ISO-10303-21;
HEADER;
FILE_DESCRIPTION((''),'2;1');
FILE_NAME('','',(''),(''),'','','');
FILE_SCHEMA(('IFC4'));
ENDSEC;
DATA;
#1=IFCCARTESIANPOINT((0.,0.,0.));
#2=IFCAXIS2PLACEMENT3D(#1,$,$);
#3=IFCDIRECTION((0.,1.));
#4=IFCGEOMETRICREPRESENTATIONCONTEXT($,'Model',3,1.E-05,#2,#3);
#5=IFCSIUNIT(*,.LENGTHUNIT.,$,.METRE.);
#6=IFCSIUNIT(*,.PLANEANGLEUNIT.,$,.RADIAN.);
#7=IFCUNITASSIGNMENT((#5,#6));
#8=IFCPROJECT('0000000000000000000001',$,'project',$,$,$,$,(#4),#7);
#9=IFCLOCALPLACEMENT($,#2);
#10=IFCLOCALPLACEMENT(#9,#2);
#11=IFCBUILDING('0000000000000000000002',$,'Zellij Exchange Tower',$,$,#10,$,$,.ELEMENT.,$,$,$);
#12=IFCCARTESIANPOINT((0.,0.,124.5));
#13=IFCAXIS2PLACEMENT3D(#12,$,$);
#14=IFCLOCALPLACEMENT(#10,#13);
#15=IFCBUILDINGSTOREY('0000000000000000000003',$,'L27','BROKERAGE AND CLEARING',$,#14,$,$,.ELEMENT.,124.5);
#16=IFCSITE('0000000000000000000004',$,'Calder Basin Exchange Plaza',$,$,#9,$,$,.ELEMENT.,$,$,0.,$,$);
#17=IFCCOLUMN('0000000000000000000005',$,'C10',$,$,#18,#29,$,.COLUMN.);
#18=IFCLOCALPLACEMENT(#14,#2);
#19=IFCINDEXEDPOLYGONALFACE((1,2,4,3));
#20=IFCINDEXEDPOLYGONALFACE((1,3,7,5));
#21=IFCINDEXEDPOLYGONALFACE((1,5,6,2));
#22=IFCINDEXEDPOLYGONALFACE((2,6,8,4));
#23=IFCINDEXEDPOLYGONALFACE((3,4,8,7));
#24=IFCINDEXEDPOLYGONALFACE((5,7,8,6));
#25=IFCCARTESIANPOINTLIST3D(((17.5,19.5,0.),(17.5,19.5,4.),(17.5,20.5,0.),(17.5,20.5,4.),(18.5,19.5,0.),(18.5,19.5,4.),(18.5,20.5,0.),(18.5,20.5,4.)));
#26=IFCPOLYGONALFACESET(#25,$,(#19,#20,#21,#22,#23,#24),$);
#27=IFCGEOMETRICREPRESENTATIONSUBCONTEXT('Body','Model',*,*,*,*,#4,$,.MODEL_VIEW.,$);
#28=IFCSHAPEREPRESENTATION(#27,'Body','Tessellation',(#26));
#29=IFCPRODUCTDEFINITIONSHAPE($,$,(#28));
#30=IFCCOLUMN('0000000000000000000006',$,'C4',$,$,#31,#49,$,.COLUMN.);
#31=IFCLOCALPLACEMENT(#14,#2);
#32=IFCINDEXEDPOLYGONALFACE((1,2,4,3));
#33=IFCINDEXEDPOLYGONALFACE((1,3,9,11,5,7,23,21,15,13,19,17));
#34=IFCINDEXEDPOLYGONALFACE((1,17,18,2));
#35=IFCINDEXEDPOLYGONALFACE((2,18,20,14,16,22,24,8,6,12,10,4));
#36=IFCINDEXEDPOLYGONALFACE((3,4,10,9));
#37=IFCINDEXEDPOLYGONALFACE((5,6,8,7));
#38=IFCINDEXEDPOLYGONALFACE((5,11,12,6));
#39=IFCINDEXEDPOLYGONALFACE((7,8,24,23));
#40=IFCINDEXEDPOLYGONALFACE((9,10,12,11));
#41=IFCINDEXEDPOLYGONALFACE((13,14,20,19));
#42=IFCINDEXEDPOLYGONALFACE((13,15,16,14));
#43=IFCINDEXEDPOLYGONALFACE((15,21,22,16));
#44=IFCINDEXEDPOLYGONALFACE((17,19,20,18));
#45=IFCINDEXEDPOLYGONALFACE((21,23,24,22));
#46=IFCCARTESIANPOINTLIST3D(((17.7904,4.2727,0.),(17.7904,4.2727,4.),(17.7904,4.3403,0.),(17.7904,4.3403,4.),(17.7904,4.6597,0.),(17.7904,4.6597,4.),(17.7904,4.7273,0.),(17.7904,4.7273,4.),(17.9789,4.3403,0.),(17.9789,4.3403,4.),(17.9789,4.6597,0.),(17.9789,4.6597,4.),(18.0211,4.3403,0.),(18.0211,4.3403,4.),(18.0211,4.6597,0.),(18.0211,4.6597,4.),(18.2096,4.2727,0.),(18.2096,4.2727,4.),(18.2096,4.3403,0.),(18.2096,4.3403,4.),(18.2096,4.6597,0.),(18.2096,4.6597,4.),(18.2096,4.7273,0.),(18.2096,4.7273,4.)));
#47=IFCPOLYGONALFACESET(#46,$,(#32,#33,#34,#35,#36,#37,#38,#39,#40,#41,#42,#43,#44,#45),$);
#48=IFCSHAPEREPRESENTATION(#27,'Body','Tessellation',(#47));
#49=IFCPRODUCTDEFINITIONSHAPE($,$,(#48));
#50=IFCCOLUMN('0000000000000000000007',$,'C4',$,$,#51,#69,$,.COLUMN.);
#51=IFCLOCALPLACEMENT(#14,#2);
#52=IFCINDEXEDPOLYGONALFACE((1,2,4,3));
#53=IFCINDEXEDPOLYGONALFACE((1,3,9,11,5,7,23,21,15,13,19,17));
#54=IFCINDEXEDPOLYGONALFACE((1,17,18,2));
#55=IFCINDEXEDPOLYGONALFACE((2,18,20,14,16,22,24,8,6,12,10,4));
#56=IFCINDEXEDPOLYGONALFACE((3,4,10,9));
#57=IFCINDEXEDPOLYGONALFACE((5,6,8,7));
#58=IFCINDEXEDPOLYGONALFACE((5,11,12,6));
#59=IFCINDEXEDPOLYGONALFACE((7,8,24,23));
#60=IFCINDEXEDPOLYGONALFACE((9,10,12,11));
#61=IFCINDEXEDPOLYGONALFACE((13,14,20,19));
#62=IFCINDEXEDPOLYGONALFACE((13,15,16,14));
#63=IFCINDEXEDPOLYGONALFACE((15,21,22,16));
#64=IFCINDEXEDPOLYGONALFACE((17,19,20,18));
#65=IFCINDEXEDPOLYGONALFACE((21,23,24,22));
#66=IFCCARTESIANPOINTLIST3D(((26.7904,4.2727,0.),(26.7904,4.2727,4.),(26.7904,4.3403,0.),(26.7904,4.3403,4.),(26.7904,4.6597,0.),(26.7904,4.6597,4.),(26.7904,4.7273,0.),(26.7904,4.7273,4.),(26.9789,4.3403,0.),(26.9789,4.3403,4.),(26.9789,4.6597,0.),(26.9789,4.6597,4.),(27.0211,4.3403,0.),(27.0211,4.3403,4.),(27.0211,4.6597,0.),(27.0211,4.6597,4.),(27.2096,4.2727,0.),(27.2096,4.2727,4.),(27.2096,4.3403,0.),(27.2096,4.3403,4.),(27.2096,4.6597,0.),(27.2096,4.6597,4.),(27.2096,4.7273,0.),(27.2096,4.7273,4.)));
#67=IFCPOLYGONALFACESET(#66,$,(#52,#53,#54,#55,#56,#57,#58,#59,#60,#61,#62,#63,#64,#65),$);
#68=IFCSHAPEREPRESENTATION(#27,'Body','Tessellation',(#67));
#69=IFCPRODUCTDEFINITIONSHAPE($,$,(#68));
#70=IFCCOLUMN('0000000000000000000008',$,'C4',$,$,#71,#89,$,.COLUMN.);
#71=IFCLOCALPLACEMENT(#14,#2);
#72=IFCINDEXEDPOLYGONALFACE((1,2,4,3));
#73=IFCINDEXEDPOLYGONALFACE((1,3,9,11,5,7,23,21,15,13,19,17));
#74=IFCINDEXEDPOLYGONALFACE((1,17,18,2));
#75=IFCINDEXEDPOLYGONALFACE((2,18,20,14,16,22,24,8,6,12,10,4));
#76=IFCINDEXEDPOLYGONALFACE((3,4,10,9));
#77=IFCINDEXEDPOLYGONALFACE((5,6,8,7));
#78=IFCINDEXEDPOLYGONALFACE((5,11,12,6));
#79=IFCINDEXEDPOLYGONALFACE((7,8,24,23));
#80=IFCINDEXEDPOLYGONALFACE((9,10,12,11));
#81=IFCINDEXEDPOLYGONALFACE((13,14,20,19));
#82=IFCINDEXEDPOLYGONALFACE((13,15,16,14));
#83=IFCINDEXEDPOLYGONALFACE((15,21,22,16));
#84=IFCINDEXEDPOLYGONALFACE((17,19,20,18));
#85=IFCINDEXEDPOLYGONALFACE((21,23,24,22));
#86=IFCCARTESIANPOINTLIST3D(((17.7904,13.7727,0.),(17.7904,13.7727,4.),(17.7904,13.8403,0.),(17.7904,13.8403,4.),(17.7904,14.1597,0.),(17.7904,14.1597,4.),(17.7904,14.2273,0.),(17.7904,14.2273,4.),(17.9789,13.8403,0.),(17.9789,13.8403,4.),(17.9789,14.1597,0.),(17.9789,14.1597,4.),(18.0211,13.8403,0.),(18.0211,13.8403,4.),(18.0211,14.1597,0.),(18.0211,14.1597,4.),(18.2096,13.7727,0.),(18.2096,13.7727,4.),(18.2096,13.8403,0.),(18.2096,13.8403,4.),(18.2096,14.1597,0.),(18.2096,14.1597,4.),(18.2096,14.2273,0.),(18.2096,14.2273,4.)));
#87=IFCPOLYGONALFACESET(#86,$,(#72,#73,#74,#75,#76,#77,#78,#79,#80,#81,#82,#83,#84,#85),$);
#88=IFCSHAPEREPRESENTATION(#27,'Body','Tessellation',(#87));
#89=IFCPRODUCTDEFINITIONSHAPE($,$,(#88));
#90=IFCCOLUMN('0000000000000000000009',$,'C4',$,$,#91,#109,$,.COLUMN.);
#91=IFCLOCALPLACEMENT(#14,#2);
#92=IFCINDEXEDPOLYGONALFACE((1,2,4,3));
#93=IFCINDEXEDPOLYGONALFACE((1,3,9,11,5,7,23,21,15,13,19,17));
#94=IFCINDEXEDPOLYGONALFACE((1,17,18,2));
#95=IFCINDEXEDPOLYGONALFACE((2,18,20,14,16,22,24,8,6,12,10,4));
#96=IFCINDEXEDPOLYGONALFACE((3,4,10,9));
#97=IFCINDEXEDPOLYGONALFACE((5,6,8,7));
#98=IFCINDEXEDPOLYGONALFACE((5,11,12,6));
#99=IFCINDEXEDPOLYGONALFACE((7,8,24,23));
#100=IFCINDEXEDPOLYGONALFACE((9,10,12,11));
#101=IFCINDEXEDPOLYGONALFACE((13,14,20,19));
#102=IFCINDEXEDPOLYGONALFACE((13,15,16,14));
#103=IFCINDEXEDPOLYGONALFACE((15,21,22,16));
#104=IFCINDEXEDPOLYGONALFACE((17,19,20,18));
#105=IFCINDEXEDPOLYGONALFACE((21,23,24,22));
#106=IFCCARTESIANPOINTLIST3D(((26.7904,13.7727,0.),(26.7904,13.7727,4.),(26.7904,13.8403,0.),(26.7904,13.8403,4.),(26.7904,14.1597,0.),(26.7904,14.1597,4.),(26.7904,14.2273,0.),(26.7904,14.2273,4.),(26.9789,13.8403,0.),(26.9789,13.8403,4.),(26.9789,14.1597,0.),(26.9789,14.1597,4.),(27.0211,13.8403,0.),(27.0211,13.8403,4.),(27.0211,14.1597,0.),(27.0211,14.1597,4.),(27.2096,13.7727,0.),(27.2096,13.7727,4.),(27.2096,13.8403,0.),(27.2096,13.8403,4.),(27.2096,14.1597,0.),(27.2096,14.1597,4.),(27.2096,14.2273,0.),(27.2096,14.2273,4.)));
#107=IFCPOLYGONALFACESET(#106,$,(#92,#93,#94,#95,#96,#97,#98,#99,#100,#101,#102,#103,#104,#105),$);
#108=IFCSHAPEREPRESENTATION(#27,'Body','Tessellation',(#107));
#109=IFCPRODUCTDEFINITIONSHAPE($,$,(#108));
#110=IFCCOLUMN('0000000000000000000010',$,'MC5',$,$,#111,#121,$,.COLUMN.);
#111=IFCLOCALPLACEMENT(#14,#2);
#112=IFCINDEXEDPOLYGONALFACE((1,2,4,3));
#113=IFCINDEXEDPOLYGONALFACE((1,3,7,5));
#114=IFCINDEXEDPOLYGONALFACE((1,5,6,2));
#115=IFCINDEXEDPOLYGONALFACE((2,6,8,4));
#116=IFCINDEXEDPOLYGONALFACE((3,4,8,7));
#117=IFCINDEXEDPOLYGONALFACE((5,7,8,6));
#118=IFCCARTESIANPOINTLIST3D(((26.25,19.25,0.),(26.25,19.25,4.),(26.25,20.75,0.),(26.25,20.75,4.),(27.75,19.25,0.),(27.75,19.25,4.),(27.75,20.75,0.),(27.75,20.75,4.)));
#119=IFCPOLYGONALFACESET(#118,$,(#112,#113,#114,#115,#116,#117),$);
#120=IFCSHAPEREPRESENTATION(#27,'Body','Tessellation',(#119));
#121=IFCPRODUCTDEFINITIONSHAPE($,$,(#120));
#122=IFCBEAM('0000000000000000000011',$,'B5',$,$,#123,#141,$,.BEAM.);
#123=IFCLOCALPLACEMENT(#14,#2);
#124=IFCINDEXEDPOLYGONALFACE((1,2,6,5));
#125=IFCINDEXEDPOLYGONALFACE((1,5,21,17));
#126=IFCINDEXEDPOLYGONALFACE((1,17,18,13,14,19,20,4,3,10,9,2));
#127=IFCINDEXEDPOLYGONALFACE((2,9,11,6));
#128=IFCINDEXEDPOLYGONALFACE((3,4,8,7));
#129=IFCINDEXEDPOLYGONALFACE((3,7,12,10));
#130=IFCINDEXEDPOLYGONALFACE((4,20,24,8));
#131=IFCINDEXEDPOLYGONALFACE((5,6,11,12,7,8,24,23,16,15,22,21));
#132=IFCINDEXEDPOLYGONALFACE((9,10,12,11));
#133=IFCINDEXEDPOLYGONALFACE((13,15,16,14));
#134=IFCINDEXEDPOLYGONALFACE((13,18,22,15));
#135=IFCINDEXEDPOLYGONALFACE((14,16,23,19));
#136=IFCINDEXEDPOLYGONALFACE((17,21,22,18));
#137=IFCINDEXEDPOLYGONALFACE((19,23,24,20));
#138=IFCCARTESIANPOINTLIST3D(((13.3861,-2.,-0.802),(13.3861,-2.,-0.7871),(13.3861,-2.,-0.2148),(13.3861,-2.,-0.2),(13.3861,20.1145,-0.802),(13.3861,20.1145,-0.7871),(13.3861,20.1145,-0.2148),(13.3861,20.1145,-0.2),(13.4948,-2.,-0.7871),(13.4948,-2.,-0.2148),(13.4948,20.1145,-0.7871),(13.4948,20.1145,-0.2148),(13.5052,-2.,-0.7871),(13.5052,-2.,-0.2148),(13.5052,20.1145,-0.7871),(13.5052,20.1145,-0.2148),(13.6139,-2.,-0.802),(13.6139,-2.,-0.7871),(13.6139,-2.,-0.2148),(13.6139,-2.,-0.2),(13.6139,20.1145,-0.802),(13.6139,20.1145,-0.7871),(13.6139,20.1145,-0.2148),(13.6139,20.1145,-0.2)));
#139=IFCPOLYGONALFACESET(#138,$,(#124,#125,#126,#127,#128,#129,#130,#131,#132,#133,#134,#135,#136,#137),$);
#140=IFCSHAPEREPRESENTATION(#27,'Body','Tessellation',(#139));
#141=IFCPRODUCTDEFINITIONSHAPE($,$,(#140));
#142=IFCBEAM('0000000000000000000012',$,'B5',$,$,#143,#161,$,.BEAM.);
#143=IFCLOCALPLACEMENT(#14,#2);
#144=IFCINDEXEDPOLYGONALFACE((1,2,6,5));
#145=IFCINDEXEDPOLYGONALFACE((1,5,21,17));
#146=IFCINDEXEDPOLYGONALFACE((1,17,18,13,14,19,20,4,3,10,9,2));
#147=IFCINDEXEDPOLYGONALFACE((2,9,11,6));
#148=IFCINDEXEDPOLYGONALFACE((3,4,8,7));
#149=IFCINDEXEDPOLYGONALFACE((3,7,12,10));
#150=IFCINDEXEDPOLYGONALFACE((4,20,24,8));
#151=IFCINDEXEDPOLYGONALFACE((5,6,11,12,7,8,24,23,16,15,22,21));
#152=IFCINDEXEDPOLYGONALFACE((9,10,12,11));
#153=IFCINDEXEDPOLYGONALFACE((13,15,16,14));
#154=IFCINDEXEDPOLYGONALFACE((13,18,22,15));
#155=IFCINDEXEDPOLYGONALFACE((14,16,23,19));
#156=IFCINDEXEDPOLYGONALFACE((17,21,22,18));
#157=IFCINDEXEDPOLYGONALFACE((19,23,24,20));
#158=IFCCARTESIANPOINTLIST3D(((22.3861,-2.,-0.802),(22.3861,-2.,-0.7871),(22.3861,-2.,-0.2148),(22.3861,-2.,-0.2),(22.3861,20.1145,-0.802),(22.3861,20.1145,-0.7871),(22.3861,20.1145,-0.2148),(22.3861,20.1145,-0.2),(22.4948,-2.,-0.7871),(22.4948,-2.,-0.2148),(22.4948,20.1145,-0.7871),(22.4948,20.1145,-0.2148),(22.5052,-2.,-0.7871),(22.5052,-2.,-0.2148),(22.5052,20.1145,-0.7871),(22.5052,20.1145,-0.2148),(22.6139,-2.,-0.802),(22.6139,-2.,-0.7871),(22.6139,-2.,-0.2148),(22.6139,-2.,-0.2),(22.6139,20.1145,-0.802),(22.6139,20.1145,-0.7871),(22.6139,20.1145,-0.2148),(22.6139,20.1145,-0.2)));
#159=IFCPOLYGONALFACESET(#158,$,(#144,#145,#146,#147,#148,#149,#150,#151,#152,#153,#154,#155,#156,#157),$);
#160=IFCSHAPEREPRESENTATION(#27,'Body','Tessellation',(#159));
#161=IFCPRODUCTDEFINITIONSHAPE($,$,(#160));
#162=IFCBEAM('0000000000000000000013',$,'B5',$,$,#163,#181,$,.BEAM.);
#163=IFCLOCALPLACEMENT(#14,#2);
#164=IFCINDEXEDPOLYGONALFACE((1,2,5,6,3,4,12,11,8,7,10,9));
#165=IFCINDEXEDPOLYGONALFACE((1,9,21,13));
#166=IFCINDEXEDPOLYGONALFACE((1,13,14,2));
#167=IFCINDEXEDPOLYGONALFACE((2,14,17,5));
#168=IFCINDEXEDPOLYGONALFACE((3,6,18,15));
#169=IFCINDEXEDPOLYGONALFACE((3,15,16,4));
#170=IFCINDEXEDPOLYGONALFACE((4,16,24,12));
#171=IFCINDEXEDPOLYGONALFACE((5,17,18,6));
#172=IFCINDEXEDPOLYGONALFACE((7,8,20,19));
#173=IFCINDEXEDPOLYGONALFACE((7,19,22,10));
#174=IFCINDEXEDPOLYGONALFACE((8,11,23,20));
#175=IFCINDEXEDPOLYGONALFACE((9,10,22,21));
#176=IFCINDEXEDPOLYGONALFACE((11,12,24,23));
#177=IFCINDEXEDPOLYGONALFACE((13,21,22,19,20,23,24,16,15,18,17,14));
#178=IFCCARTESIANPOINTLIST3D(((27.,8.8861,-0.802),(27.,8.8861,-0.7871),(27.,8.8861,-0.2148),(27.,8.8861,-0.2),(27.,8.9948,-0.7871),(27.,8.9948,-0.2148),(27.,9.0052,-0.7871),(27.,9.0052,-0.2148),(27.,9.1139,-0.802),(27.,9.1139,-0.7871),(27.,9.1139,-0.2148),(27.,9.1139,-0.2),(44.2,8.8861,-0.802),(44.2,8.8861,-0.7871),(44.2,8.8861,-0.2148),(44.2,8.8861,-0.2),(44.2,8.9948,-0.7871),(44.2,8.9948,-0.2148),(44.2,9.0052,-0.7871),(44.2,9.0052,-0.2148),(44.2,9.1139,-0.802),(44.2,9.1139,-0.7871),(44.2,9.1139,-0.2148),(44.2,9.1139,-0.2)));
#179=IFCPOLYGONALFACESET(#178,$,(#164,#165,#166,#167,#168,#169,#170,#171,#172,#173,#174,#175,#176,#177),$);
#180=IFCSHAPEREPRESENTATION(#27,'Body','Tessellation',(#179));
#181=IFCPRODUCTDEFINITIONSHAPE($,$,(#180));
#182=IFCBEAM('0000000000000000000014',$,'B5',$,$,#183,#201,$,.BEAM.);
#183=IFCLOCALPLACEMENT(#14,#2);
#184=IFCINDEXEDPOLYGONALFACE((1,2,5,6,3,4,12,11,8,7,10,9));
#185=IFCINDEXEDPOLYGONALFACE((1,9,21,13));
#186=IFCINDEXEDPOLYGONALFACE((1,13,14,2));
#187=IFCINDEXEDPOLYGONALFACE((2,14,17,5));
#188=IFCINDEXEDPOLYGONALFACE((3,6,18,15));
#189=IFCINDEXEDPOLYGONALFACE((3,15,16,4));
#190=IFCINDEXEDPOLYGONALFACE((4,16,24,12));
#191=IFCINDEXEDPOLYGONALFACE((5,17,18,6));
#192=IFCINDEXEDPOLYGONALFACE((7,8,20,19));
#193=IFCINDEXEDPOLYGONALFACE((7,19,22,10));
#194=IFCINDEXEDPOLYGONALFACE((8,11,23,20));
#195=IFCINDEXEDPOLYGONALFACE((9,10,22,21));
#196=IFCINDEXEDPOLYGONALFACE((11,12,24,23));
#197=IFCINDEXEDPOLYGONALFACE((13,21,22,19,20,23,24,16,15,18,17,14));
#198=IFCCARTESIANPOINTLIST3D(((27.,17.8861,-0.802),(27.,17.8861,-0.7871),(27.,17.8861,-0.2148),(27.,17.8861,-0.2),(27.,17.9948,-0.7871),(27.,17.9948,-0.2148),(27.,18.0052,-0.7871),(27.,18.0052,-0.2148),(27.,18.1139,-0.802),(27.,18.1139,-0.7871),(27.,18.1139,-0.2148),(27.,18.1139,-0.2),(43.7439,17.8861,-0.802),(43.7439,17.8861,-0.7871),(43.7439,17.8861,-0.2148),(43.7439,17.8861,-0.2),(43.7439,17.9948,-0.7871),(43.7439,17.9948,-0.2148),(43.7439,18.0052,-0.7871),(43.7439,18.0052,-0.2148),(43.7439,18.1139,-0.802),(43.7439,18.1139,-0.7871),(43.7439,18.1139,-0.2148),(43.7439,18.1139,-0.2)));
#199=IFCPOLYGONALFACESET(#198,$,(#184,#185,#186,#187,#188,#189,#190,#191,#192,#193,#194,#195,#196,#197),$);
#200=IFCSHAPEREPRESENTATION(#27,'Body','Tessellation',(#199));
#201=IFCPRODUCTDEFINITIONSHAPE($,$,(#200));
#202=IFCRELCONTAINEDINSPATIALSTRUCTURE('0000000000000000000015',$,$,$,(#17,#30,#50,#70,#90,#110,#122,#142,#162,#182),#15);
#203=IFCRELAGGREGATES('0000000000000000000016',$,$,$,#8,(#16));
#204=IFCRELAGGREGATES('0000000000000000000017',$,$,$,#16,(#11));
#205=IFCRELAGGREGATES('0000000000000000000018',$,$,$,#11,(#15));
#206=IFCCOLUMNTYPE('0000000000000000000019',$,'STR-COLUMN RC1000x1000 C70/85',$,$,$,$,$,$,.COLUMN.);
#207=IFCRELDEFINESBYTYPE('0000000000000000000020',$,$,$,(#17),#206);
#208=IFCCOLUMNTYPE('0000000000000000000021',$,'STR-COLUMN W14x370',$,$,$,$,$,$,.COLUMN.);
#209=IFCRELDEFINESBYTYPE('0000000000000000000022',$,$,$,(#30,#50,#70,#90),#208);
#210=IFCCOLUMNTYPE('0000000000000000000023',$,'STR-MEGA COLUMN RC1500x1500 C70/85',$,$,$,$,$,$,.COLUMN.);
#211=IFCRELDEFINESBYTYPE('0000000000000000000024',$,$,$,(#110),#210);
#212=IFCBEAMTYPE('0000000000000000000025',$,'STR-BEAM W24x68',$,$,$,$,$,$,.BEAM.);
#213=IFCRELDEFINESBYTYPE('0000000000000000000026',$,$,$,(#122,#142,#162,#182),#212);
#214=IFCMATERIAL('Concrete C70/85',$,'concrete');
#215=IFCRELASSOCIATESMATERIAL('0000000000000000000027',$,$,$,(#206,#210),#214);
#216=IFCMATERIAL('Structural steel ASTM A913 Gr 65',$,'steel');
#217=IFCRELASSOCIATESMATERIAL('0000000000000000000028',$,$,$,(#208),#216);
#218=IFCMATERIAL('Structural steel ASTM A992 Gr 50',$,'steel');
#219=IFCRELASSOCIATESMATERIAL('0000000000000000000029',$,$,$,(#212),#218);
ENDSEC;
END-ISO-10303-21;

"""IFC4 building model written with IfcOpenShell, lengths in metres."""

from ifc_helpers import new_model, si_unit, direction, frame, origin, origin_2d, place, context, subcontext, project, spatial, rectangle, i_section, extrude, material, material_profile, profile_set, type_object, element, save


model = new_model("IFC4")

# Units and contexts
model_context = context("Model", 3, precision=1e-05, world=origin(), true_north=direction((0.0, 1.0)))
body_context = subcontext(model_context, "Body", "Model", "MODEL_VIEW")
ifc_project = project(units=[si_unit("LENGTHUNIT", "METRE"), si_unit("PLANEANGLEUNIT", "RADIAN")], contexts=[model_context])

# Site, building, storey
site_placement = place(None, origin())
site = spatial("IfcSite", under=ifc_project, at=site_placement, Name="Calder Basin Exchange Plaza", CompositionType="ELEMENT", RefElevation=0.0)
building_placement = place(site_placement, origin())
building = spatial("IfcBuilding", under=site, at=building_placement, Name="Zellij Exchange Tower", CompositionType="ELEMENT")
storey_placement = place(building_placement, frame((0.0, 0.0, 124.5)))
storey = spatial("IfcBuildingStorey", under=building, at=storey_placement, Name="L27", Description="BROKERAGE AND CLEARING", CompositionType="ELEMENT", Elevation=124.5)

# Columns
ifc_material_1 = material(Name="Concrete C70/85", Category="concrete")
ifc_material_profile_1 = material_profile(ifc_material_1, rectangle(XDim=1.0, YDim=1.0, at=origin_2d()), Name="STR-COLUMN RC1000x1000 C70/85")
ifc_profile_set_1 = profile_set([ifc_material_profile_1], Name="Concrete C70/85")
column_type_1 = type_object("IfcColumnType", Name="STR-COLUMN RC1000x1000 C70/85", PredefinedType="COLUMN", material=ifc_profile_set_1)
column_1_placement = place(storey_placement, frame((18.0, 20.0, 0.0), z_axis=(0.0, 0.0, 1.0), x_axis=(1.0, 0.0, 0.0)))
element("IfcColumn", 1, at=column_1_placement, inside=storey, type_object=column_type_1, Name="C10", PredefinedType="COLUMN", context=body_context, shape_type="SweptSolid", body=[
    extrude(rectangle(XDim=1.0, YDim=1.0, at=origin_2d()), origin(), (0.0, 0.0, 1.0), 4.0),
])
ifc_material_2 = material(Name="Structural steel ASTM A913 Gr 65", Category="steel")
ifc_material_profile_2 = material_profile(ifc_material_2, i_section(OverallWidth=0.4192, OverallDepth=0.4546, WebThickness=0.0422, FlangeThickness=0.0676, at=origin_2d()), Name="W14x370")
ifc_profile_set_2 = profile_set([ifc_material_profile_2], Name="Structural steel ASTM A913 Gr 65")
column_type_2 = type_object("IfcColumnType", Name="STR-COLUMN W14x370", PredefinedType="COLUMN", material=ifc_profile_set_2)
for number, where, z_axis, x_axis, name in (
    (2, (18.0, 4.5, 0.0), (0.0, 0.0, 1.0), (1.0, 0.0, 0.0), "C4"),
    (3, (27.0, 4.5, 0.0), (0.0, 0.0, 1.0), (1.0, 0.0, 0.0), "C4"),
    (4, (18.0, 14.0, 0.0), (0.0, 0.0, 1.0), (1.0, 0.0, 0.0), "C4"),
    (5, (27.0, 14.0, 0.0), (0.0, 0.0, 1.0), (1.0, 0.0, 0.0), "C4"),
):
    element("IfcColumn", number, at=place(storey_placement, frame(where, z_axis=z_axis, x_axis=x_axis)), inside=storey, type_object=column_type_2, Name=name, PredefinedType="COLUMN", context=body_context, shape_type="SweptSolid", body=[
        extrude(i_section(OverallWidth=0.4192, OverallDepth=0.4546, WebThickness=0.0422, FlangeThickness=0.0676, at=origin_2d()), origin(), (0.0, 0.0, 1.0), 4.0),
    ])
ifc_material_profile_3 = material_profile(ifc_material_1, rectangle(XDim=1.5, YDim=1.5, at=origin_2d()), Name="STR-MEGA COLUMN RC1500x1500 C70/85")
ifc_profile_set_3 = profile_set([ifc_material_profile_3], Name="Concrete C70/85")
column_type_3 = type_object("IfcColumnType", Name="STR-MEGA COLUMN RC1500x1500 C70/85", PredefinedType="COLUMN", material=ifc_profile_set_3)
column_2_placement = place(storey_placement, frame((27.0, 20.0, 0.0), z_axis=(0.0, 0.0, 1.0), x_axis=(1.0, 0.0, 0.0)))
element("IfcColumn", 6, at=column_2_placement, inside=storey, type_object=column_type_3, Name="MC5", PredefinedType="COLUMN", context=body_context, shape_type="SweptSolid", body=[
    extrude(rectangle(XDim=1.5, YDim=1.5, at=origin_2d()), origin(), (0.0, 0.0, 1.0), 4.0),
])

# Beams
ifc_material_3 = material(Name="Structural steel ASTM A992 Gr 50", Category="steel")
ifc_material_profile_4 = material_profile(ifc_material_3, i_section(OverallWidth=0.2278, OverallDepth=0.6021, WebThickness=0.0105, FlangeThickness=0.0149, at=origin_2d()), Name="W24x68")
ifc_profile_set_4 = profile_set([ifc_material_profile_4], Name="Structural steel ASTM A992 Gr 50")
beam_type_1 = type_object("IfcBeamType", Name="STR-BEAM W24x68", PredefinedType="BEAM", material=ifc_profile_set_4)
for number, where, z_axis, x_axis, name in (
    (7, (13.5, -2.0, -0.501), (0.0, 1.0, 0.0), (-1.0, 0.0, 0.0), "B5"),
    (8, (22.5, -2.0, -0.501), (0.0, 1.0, 0.0), (-1.0, 0.0, 0.0), "B5"),
):
    element("IfcBeam", number, at=place(storey_placement, frame(where, z_axis=z_axis, x_axis=x_axis)), inside=storey, type_object=beam_type_1, Name=name, PredefinedType="BEAM", context=body_context, shape_type="SweptSolid", body=[
        extrude(i_section(OverallWidth=0.2278, OverallDepth=0.6021, WebThickness=0.0105, FlangeThickness=0.0149, at=origin_2d()), origin(), (0.0, 0.0, 1.0), 22.1145),
    ])
beam_1_placement = place(storey_placement, frame((27.0, 9.0, -0.501), z_axis=(1.0, 0.0, 0.0), x_axis=(0.0, 1.0, 0.0)))
element("IfcBeam", 9, at=beam_1_placement, inside=storey, type_object=beam_type_1, Name="B5", PredefinedType="BEAM", context=body_context, shape_type="SweptSolid", body=[
    extrude(i_section(OverallWidth=0.2278, OverallDepth=0.6021, WebThickness=0.0105, FlangeThickness=0.0149, at=origin_2d()), origin(), (0.0, 0.0, 1.0), 17.2),
])
beam_2_placement = place(storey_placement, frame((27.0, 18.0, -0.501), z_axis=(1.0, 0.0, 0.0), x_axis=(0.0, 1.0, 0.0)))
element("IfcBeam", 10, at=beam_2_placement, inside=storey, type_object=beam_type_1, Name="B5", PredefinedType="BEAM", context=body_context, shape_type="SweptSolid", body=[
    extrude(i_section(OverallWidth=0.2278, OverallDepth=0.6021, WebThickness=0.0105, FlangeThickness=0.0149, at=origin_2d()), origin(), (0.0, 0.0, 1.0), 16.7439),
])

save(model, "model.ifc")
